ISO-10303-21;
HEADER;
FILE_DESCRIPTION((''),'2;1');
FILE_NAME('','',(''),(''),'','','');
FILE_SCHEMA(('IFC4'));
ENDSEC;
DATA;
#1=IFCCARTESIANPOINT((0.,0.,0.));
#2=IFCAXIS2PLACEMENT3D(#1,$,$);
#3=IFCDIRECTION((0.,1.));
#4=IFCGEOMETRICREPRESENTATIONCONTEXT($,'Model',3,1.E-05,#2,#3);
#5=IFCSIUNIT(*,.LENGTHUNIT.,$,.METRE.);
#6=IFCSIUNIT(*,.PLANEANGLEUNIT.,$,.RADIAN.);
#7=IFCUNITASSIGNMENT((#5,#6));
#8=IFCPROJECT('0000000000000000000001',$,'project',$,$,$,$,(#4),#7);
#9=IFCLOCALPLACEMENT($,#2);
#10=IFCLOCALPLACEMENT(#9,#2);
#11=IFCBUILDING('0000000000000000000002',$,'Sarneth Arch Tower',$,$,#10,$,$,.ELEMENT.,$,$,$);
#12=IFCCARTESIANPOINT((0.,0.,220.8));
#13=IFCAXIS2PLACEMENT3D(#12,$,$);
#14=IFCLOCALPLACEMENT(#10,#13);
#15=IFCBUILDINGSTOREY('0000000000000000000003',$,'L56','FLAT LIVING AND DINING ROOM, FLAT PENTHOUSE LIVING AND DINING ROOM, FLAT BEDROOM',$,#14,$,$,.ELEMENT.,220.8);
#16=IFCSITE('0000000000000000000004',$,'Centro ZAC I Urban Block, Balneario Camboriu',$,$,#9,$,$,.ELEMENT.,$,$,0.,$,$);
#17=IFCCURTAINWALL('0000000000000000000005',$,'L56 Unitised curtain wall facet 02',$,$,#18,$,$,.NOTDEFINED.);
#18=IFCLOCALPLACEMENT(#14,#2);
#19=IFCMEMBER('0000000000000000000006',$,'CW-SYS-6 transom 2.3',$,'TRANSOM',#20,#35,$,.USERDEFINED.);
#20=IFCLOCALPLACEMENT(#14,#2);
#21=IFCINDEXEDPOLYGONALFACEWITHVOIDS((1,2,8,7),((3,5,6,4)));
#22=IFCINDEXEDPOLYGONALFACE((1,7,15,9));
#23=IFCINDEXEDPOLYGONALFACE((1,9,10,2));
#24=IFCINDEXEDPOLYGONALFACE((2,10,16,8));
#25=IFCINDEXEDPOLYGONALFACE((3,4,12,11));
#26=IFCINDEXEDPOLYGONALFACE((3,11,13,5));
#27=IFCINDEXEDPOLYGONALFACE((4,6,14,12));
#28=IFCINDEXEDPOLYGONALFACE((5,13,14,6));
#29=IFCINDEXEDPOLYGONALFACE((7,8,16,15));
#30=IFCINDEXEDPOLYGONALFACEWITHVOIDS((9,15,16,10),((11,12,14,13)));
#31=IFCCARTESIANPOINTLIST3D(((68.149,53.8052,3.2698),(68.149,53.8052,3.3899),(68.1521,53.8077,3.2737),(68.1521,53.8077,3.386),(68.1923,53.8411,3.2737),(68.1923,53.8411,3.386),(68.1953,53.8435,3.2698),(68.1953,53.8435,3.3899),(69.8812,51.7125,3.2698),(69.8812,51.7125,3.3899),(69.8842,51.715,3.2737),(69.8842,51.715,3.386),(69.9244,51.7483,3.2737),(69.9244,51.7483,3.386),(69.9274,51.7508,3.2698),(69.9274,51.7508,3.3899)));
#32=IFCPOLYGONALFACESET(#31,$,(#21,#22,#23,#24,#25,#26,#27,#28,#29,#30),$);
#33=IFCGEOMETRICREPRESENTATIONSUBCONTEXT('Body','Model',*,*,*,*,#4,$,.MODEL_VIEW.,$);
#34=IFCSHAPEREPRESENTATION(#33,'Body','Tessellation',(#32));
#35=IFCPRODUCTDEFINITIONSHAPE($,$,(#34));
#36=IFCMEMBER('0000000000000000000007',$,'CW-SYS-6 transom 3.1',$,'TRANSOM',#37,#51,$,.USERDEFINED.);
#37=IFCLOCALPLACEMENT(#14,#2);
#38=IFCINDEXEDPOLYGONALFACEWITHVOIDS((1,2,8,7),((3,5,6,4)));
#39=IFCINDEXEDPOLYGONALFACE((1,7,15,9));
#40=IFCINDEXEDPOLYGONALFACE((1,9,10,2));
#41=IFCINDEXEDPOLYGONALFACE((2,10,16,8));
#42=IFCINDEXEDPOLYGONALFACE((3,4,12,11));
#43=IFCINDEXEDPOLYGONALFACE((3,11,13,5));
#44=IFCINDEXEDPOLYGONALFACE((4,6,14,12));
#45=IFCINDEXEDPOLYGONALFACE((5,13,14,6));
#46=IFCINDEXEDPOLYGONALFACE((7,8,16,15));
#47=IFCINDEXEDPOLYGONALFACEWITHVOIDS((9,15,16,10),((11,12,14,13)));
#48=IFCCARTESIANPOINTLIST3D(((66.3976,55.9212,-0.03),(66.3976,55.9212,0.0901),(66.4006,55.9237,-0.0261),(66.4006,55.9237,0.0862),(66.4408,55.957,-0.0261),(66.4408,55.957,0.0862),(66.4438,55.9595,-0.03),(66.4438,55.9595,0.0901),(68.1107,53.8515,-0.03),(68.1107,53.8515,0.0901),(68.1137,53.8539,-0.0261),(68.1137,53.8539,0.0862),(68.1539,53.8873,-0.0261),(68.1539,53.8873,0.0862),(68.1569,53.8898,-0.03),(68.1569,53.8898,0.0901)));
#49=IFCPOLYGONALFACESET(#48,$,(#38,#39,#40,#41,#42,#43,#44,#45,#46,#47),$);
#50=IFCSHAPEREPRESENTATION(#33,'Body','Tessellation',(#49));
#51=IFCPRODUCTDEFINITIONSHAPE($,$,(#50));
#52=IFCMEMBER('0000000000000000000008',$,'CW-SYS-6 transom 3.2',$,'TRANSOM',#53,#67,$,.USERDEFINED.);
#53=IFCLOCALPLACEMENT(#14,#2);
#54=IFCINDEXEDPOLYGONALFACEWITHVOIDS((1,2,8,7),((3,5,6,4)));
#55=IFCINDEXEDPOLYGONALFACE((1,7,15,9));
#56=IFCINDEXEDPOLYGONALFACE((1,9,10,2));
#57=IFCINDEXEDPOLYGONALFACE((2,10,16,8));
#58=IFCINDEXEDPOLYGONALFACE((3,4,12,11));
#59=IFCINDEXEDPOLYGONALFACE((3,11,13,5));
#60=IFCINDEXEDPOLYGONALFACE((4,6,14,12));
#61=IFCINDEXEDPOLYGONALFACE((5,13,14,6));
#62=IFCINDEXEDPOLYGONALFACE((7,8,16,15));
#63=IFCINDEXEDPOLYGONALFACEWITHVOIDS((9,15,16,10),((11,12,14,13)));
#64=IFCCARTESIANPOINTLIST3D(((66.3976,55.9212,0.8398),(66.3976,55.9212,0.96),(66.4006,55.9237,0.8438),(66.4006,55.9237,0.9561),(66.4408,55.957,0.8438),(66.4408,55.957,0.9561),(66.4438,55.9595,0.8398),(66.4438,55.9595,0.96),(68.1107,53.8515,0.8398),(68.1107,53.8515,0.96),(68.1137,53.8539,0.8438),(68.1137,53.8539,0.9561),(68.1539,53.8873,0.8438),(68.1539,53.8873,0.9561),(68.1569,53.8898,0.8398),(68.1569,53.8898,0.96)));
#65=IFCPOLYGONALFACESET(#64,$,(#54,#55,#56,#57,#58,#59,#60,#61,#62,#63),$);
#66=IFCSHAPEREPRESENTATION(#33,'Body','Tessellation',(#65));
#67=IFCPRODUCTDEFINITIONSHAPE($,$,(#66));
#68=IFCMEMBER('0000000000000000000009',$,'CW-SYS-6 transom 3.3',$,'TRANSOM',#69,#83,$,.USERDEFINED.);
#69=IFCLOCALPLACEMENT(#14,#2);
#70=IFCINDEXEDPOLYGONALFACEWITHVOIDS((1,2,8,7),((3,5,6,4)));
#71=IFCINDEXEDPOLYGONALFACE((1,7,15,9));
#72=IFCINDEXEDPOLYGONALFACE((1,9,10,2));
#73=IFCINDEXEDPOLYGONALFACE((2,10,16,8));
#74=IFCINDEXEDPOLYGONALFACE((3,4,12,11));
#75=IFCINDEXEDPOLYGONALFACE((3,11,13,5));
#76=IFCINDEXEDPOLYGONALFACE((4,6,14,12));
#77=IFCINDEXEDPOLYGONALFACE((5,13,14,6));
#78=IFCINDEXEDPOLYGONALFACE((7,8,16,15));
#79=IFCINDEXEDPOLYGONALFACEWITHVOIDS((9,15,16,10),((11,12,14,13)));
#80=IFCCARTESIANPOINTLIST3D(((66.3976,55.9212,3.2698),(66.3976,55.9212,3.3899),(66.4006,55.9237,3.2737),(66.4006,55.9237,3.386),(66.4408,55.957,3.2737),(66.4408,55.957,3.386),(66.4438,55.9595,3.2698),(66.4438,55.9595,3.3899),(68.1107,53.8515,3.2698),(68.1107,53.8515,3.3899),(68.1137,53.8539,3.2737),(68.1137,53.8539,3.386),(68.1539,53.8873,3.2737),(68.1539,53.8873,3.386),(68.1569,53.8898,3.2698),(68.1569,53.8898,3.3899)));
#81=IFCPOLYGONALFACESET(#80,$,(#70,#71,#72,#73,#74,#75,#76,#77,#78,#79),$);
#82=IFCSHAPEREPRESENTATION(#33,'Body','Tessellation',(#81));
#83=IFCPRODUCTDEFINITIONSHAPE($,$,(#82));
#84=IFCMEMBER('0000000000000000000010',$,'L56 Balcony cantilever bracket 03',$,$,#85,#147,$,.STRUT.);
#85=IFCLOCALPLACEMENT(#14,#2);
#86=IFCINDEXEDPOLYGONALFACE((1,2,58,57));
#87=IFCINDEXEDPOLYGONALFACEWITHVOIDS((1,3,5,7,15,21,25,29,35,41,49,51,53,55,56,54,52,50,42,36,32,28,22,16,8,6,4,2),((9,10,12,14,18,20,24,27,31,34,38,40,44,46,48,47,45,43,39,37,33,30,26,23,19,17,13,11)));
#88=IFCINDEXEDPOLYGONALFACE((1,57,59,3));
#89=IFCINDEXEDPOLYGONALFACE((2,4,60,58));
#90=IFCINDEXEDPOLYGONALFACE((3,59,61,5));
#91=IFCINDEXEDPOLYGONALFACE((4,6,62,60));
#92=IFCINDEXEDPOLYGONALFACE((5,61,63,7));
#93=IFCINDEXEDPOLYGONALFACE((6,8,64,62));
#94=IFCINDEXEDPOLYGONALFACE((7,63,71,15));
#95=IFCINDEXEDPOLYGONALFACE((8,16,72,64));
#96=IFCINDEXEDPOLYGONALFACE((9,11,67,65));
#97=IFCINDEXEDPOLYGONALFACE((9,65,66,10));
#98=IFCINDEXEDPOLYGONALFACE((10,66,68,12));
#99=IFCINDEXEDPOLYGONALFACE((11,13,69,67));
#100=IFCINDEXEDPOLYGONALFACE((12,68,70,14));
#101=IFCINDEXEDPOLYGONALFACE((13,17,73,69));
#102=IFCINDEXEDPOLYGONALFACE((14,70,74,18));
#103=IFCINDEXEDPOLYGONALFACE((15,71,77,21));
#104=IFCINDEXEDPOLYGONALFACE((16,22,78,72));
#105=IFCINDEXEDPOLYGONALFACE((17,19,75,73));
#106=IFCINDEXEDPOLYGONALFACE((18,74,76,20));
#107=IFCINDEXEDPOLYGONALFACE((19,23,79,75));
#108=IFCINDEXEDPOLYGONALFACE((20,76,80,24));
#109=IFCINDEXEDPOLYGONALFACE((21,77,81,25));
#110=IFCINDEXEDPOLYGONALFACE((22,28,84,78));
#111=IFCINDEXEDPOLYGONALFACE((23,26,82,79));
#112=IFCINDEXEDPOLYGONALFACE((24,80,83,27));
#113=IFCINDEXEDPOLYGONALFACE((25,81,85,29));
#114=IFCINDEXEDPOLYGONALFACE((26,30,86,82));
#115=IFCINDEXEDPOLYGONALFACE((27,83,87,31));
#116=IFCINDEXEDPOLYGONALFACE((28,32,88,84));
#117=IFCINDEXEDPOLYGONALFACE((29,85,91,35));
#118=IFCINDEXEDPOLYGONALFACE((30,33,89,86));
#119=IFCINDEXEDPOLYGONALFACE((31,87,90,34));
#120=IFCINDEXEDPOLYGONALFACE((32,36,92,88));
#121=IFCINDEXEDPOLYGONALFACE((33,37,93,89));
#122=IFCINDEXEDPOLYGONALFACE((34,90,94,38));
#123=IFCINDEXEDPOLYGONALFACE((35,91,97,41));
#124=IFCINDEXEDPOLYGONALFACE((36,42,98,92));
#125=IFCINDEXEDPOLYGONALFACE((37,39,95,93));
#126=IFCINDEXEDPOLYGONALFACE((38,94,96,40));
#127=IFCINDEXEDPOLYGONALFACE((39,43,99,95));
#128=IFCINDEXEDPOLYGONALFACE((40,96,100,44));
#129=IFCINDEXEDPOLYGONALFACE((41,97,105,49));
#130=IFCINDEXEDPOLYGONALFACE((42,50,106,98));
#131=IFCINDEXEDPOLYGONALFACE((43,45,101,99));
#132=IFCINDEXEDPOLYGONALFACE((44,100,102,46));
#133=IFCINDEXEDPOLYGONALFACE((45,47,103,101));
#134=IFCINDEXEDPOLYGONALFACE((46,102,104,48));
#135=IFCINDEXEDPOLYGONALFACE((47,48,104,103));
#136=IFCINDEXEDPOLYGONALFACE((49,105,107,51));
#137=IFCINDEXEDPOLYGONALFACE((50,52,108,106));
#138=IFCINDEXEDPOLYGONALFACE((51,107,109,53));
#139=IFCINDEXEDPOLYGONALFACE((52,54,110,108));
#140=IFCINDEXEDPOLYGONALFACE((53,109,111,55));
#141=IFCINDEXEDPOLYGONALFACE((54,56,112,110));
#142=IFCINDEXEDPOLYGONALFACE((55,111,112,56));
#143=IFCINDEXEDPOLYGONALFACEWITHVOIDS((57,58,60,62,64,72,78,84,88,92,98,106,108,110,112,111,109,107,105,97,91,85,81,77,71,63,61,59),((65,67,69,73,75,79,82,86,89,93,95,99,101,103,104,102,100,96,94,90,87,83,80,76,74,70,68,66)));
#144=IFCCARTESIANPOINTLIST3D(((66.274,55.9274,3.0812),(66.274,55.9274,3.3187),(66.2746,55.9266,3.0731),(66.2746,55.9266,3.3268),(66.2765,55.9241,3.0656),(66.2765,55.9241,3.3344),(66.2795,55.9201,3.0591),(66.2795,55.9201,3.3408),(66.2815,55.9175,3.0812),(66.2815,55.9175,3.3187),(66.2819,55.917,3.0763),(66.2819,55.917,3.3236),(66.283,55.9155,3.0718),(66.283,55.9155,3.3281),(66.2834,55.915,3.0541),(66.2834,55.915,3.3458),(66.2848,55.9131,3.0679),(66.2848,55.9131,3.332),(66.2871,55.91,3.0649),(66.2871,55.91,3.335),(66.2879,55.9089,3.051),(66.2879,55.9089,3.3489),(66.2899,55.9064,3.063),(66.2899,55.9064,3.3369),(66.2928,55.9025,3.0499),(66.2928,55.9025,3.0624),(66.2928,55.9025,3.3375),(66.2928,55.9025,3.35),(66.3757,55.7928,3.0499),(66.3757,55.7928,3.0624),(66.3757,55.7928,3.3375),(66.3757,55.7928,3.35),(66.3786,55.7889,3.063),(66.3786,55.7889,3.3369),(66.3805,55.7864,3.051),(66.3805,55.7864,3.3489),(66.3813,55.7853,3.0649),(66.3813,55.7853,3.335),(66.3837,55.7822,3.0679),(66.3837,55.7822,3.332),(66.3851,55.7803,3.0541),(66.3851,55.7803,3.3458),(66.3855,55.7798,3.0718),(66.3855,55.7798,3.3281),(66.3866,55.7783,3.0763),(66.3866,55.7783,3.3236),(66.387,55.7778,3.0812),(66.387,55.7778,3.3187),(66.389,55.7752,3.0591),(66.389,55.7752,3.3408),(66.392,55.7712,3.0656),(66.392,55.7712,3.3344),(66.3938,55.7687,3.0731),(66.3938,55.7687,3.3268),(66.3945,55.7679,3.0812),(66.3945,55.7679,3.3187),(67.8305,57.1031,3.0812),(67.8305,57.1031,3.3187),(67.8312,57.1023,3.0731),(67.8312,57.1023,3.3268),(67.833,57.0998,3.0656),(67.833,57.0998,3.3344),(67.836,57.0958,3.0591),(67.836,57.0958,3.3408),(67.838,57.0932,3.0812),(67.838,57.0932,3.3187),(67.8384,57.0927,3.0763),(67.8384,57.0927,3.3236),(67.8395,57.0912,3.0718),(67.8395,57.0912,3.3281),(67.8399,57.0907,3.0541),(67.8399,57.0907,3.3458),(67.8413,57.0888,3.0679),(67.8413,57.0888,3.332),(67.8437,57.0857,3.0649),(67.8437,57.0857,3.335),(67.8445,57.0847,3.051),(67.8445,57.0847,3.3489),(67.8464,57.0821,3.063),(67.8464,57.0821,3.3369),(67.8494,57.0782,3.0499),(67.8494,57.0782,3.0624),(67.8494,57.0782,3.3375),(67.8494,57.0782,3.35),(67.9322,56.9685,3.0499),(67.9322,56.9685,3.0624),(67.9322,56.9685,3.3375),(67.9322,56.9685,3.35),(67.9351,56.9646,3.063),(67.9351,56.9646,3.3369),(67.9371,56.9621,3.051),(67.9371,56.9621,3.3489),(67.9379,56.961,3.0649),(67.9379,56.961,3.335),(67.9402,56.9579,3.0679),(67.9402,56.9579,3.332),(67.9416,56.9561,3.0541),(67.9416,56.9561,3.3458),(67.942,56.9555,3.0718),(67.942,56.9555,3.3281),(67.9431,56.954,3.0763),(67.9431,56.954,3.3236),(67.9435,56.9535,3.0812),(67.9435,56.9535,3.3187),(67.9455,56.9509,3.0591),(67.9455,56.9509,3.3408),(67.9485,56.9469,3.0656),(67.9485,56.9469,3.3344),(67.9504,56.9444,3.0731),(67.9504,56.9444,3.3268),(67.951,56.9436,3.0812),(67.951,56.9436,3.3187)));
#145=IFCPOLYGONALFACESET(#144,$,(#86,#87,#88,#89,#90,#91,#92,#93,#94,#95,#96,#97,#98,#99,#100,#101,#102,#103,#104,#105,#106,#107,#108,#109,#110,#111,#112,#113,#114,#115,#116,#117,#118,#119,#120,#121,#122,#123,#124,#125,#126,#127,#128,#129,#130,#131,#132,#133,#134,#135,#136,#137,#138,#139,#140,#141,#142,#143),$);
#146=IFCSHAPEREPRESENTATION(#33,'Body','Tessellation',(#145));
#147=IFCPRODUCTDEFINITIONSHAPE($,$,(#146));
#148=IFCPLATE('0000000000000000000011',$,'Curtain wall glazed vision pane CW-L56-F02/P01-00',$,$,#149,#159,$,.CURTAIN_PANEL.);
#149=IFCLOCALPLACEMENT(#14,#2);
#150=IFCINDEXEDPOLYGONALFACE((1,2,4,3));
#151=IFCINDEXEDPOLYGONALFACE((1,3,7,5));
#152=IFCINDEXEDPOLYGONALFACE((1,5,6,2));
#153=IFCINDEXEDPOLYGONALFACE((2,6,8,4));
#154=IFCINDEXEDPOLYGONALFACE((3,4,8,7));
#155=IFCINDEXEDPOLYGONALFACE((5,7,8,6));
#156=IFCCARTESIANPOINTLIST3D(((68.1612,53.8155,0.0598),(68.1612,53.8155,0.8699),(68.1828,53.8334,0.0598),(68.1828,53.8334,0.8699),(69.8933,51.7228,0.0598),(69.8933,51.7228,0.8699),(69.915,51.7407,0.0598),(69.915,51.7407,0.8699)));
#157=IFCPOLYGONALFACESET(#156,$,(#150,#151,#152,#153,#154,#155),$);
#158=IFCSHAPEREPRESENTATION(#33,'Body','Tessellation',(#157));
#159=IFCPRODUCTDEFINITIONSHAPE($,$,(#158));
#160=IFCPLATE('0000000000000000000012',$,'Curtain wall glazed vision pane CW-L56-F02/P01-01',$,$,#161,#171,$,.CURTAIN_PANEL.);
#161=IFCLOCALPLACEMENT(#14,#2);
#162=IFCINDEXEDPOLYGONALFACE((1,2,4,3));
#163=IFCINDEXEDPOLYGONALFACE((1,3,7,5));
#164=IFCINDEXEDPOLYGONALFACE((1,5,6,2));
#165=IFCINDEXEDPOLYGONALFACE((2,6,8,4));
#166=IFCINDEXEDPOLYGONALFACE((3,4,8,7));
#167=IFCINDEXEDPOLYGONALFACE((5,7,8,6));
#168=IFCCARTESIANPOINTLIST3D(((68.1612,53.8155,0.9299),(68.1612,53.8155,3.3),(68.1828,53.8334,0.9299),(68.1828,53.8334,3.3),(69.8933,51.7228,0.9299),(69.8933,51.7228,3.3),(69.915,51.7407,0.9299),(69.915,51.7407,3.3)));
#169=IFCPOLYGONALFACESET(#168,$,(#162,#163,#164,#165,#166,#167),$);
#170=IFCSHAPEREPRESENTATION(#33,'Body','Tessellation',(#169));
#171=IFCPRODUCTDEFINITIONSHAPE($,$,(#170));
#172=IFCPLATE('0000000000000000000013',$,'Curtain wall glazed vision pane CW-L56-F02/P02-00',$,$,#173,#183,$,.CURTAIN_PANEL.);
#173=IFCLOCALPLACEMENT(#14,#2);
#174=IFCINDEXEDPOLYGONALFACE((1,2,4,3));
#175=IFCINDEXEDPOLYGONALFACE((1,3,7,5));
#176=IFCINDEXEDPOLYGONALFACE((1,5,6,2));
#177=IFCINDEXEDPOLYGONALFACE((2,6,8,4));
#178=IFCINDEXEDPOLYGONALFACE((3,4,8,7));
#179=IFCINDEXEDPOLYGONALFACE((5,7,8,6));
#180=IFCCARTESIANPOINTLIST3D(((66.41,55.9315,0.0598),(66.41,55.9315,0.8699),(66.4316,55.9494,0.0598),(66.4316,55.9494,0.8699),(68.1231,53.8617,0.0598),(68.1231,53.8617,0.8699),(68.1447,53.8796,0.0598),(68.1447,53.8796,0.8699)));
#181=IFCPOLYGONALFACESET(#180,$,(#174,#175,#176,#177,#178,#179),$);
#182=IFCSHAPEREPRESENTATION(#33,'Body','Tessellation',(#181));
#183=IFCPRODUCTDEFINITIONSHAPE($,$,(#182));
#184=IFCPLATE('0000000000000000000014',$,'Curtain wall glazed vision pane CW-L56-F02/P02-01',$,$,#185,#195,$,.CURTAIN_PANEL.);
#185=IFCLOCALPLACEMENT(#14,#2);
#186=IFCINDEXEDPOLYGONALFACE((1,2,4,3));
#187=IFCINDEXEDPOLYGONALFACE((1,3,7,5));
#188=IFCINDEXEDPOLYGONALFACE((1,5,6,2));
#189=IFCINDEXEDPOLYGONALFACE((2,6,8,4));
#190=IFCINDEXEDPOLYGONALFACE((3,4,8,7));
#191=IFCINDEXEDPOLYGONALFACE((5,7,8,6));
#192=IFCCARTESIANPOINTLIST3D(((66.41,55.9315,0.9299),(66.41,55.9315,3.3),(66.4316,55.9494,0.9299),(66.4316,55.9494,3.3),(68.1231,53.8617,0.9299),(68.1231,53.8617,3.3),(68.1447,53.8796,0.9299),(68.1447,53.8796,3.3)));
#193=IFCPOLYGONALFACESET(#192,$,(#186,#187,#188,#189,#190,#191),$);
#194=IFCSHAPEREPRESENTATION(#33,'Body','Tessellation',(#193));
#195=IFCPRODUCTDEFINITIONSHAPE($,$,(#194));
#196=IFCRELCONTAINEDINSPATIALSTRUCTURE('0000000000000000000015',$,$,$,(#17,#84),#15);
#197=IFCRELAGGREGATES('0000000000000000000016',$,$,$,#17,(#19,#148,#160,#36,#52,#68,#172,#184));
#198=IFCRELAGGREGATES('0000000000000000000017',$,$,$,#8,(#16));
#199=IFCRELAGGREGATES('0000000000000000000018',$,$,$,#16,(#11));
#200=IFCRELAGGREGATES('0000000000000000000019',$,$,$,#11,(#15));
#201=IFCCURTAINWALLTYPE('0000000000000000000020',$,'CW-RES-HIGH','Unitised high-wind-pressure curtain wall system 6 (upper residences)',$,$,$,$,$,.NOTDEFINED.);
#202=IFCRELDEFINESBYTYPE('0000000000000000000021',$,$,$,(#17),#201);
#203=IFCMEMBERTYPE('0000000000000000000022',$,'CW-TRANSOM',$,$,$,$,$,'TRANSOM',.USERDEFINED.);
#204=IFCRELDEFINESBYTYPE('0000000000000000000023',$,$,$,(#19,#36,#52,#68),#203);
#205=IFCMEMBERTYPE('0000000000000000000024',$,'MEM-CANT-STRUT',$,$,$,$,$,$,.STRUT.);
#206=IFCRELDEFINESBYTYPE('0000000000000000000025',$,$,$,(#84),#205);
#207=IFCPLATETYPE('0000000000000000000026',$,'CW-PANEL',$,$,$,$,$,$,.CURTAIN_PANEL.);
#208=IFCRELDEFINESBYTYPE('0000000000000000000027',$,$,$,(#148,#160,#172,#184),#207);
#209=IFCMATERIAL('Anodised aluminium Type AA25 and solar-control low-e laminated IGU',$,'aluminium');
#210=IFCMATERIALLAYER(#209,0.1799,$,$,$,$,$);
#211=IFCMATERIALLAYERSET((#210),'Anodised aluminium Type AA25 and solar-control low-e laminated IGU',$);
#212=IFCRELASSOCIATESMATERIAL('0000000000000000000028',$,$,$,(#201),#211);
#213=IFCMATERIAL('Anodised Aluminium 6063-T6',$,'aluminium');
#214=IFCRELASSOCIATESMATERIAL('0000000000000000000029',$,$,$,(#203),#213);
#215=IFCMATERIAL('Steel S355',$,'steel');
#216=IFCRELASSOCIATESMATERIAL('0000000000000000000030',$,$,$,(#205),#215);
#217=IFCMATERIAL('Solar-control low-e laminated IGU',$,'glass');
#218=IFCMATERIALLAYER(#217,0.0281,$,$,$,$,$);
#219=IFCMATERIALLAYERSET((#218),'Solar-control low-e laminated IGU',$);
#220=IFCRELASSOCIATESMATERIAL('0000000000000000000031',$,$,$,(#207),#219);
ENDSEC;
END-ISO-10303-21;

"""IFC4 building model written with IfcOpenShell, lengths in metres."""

from ifc_helpers import new_model, si_unit, direction, frame, origin, origin_2d, place, context, subcontext, project, spatial, rectangle, hollow_rectangle, extrude, material, layer, layer_set, material_profile, profile_set, type_object, element, aggregate, save


model = new_model("IFC4")

# Units and contexts
model_context = context("Model", 3, precision=1e-05, world=origin(), true_north=direction((0.0, 1.0)))
body_context = subcontext(model_context, "Body", "Model", "MODEL_VIEW")
ifc_project = project(units=[si_unit("LENGTHUNIT", "METRE"), si_unit("PLANEANGLEUNIT", "RADIAN")], contexts=[model_context])

# Site, building, storey
site_placement = place(None, origin())
site = spatial("IfcSite", under=ifc_project, at=site_placement, Name="Centro ZAC I Urban Block, Balneario Camboriu", CompositionType="ELEMENT", RefElevation=0.0)
building_placement = place(site_placement, origin())
building = spatial("IfcBuilding", under=site, at=building_placement, Name="Sarneth Arch Tower", CompositionType="ELEMENT")
storey_placement = place(building_placement, frame((0.0, 0.0, 220.8)))
storey = spatial("IfcBuildingStorey", under=building, at=storey_placement, Name="L56", Description="FLAT LIVING AND DINING ROOM, FLAT PENTHOUSE LIVING AND DINING ROOM, FLAT BEDROOM", CompositionType="ELEMENT", Elevation=220.8)

# Curtain wall, members
ifc_material_1 = material(Name="Anodised aluminium Type AA25 and solar-control low-e laminated IGU", Category="aluminium")
ifc_layer_1 = layer(ifc_material_1, 0.1799)
ifc_layer_set_1 = layer_set([ifc_layer_1], Name="Anodised aluminium Type AA25 and solar-control low-e laminated IGU")
curtain_wall_type = type_object("IfcCurtainWallType", Name="CW-RES-HIGH", Description="Unitised high-wind-pressure curtain wall system 6 (upper residences)", PredefinedType="NOTDEFINED", material=ifc_layer_set_1)
curtain_wall_placement = place(storey_placement, origin())
curtain_wall = element("IfcCurtainWall", 1, at=curtain_wall_placement, inside=storey, type_object=curtain_wall_type, Name="L56 Unitised curtain wall facet 02", PredefinedType="NOTDEFINED")
ifc_material_2 = material(Name="Anodised Aluminium 6063-T6", Category="aluminium")
ifc_material_profile_1 = material_profile(ifc_material_2, hollow_rectangle(XDim=0.0601, YDim=0.1201, WallThickness=0.0039, at=origin_2d()), Name="AL-TRAN-120x60x4")
ifc_profile_set_1 = profile_set([ifc_material_profile_1], Name="Anodised Aluminium 6063-T6")
member_type_1 = type_object("IfcMemberType", Name="CW-TRANSOM", ElementType="TRANSOM", PredefinedType="USERDEFINED", material=ifc_profile_set_1)
member_1_placement = place(storey_placement, frame((69.9043, 51.7317, 3.3298), z_axis=(-0.637617, 0.770353, 0.0), x_axis=(-0.770353, -0.637617, 0.0)))
member_1 = element("IfcMember", 2, at=member_1_placement, type_object=member_type_1, Name="CW-SYS-6 transom 2.3", ObjectType="TRANSOM", PredefinedType="USERDEFINED", context=body_context, shape_type="SweptSolid", body=[
    extrude(hollow_rectangle(XDim=0.0601, YDim=0.1201, WallThickness=0.0039, at=origin_2d()), origin(), (0.0, 0.0, 1.0), 2.7166),
])
member_2_placement = place(storey_placement, frame((68.1338, 53.8706, 0.03), z_axis=(-0.637607, 0.770362, 0.0), x_axis=(-0.770362, -0.637607, 0.0)))
member_2 = element("IfcMember", 3, at=member_2_placement, type_object=member_type_1, Name="CW-SYS-6 transom 3.1", ObjectType="TRANSOM", PredefinedType="USERDEFINED", context=body_context, shape_type="SweptSolid", body=[
    extrude(hollow_rectangle(XDim=0.0601, YDim=0.1201, WallThickness=0.0039, at=origin_2d()), origin(), (0.0, 0.0, 1.0), 2.6868),
])
member_3_placement = place(storey_placement, frame((68.1338, 53.8706, 0.8999), z_axis=(-0.637607, 0.770362, 0.0), x_axis=(-0.770362, -0.637607, 0.0)))
member_3 = element("IfcMember", 4, at=member_3_placement, type_object=member_type_1, Name="CW-SYS-6 transom 3.2", ObjectType="TRANSOM", PredefinedType="USERDEFINED", context=body_context, shape_type="SweptSolid", body=[
    extrude(hollow_rectangle(XDim=0.0601, YDim=0.1201, WallThickness=0.0039, at=origin_2d()), origin(), (0.0, 0.0, 1.0), 2.6868),
])
member_4_placement = place(storey_placement, frame((68.1338, 53.8706, 3.3298), z_axis=(-0.637607, 0.770362, 0.0), x_axis=(-0.770362, -0.637607, 0.0)))
member_4 = element("IfcMember", 5, at=member_4_placement, type_object=member_type_1, Name="CW-SYS-6 transom 3.3", ObjectType="TRANSOM", PredefinedType="USERDEFINED", context=body_context, shape_type="SweptSolid", body=[
    extrude(hollow_rectangle(XDim=0.0601, YDim=0.1201, WallThickness=0.0039, at=origin_2d()), origin(), (0.0, 0.0, 1.0), 2.6868),
])

# Member
ifc_material_3 = material(Name="Steel S355", Category="steel")
ifc_material_profile_2 = material_profile(ifc_material_3, hollow_rectangle(XDim=0.2, YDim=0.3, WallThickness=0.0125, InnerFilletRadius=0.0188, OuterFilletRadius=0.0312, at=origin_2d()), Name="RHS300x200x12.5")
ifc_profile_set_2 = profile_set([ifc_material_profile_2], Name="Steel S355")
member_type_2 = type_object("IfcMemberType", Name="MEM-CANT-STRUT", PredefinedType="STRUT", material=ifc_profile_set_2)
member_5_placement = place(storey_placement, frame((66.3342, 55.8477, 3.2), z_axis=(0.797953, 0.60272, 0.0), x_axis=(-0.60272, 0.797953, 0.0)))
element("IfcMember", 6, at=member_5_placement, inside=storey, type_object=member_type_2, Name="L56 Balcony cantilever bracket 03", PredefinedType="STRUT", context=body_context, shape_type="SweptSolid", body=[
    extrude(hollow_rectangle(XDim=0.2, YDim=0.3, WallThickness=0.0125, InnerFilletRadius=0.0188, OuterFilletRadius=0.0312, at=origin_2d()), origin(), (0.0, 0.0, 1.0), 1.9507),
])

# Plates
ifc_material_4 = material(Name="Solar-control low-e laminated IGU", Category="glass")
ifc_layer_2 = layer(ifc_material_4, 0.0281)
ifc_layer_set_2 = layer_set([ifc_layer_2], Name="Solar-control low-e laminated IGU")
plate_type_1 = type_object("IfcPlateType", Name="CW-PANEL", PredefinedType="CURTAIN_PANEL", material=ifc_layer_set_2)
plate_1_placement = place(storey_placement, frame((69.0381, 52.7781, 0.0598), z_axis=(0.0, 0.0, 1.0), x_axis=(-0.63761, 0.770359, 0.0)))
plate_1 = element("IfcPlate", 7, at=plate_1_placement, type_object=plate_type_1, Name="Curtain wall glazed vision pane CW-L56-F02/P01-00", PredefinedType="CURTAIN_PANEL", context=body_context, shape_type="SweptSolid", body=[
    extrude(rectangle(XDim=2.7166, YDim=0.0281, at=origin_2d()), origin(), (0.0, 0.0, 1.0), 0.8101),
])
plate_2_placement = place(storey_placement, frame((69.0381, 52.7781, 0.9299), z_axis=(0.0, 0.0, 1.0), x_axis=(-0.63761, 0.770359, 0.0)))
plate_2 = element("IfcPlate", 8, at=plate_2_placement, type_object=plate_type_1, Name="Curtain wall glazed vision pane CW-L56-F02/P01-01", PredefinedType="CURTAIN_PANEL", context=body_context, shape_type="SweptSolid", body=[
    extrude(rectangle(XDim=2.7166, YDim=0.0281, at=origin_2d()), origin(), (0.0, 0.0, 1.0), 2.3701),
])
plate_3_placement = place(storey_placement, frame((67.2773, 54.9055, 0.0598), z_axis=(0.0, 0.0, 1.0), x_axis=(-0.63761, 0.770359, 0.0)))
plate_3 = element("IfcPlate", 9, at=plate_3_placement, type_object=plate_type_1, Name="Curtain wall glazed vision pane CW-L56-F02/P02-00", PredefinedType="CURTAIN_PANEL", context=body_context, shape_type="SweptSolid", body=[
    extrude(rectangle(XDim=2.6868, YDim=0.0281, at=origin_2d()), origin(), (0.0, 0.0, 1.0), 0.8101),
])
plate_4_placement = place(storey_placement, frame((67.2773, 54.9055, 0.9299), z_axis=(0.0, 0.0, 1.0), x_axis=(-0.63761, 0.770359, 0.0)))
plate_4 = element("IfcPlate", 10, at=plate_4_placement, type_object=plate_type_1, Name="Curtain wall glazed vision pane CW-L56-F02/P02-01", PredefinedType="CURTAIN_PANEL", context=body_context, shape_type="SweptSolid", body=[
    extrude(rectangle(XDim=2.6868, YDim=0.0281, at=origin_2d()), origin(), (0.0, 0.0, 1.0), 2.3701),
])
aggregate(curtain_wall, [member_1, plate_1, plate_2, member_2, member_3, member_4, plate_3, plate_4])

save(model, "model.ifc")
